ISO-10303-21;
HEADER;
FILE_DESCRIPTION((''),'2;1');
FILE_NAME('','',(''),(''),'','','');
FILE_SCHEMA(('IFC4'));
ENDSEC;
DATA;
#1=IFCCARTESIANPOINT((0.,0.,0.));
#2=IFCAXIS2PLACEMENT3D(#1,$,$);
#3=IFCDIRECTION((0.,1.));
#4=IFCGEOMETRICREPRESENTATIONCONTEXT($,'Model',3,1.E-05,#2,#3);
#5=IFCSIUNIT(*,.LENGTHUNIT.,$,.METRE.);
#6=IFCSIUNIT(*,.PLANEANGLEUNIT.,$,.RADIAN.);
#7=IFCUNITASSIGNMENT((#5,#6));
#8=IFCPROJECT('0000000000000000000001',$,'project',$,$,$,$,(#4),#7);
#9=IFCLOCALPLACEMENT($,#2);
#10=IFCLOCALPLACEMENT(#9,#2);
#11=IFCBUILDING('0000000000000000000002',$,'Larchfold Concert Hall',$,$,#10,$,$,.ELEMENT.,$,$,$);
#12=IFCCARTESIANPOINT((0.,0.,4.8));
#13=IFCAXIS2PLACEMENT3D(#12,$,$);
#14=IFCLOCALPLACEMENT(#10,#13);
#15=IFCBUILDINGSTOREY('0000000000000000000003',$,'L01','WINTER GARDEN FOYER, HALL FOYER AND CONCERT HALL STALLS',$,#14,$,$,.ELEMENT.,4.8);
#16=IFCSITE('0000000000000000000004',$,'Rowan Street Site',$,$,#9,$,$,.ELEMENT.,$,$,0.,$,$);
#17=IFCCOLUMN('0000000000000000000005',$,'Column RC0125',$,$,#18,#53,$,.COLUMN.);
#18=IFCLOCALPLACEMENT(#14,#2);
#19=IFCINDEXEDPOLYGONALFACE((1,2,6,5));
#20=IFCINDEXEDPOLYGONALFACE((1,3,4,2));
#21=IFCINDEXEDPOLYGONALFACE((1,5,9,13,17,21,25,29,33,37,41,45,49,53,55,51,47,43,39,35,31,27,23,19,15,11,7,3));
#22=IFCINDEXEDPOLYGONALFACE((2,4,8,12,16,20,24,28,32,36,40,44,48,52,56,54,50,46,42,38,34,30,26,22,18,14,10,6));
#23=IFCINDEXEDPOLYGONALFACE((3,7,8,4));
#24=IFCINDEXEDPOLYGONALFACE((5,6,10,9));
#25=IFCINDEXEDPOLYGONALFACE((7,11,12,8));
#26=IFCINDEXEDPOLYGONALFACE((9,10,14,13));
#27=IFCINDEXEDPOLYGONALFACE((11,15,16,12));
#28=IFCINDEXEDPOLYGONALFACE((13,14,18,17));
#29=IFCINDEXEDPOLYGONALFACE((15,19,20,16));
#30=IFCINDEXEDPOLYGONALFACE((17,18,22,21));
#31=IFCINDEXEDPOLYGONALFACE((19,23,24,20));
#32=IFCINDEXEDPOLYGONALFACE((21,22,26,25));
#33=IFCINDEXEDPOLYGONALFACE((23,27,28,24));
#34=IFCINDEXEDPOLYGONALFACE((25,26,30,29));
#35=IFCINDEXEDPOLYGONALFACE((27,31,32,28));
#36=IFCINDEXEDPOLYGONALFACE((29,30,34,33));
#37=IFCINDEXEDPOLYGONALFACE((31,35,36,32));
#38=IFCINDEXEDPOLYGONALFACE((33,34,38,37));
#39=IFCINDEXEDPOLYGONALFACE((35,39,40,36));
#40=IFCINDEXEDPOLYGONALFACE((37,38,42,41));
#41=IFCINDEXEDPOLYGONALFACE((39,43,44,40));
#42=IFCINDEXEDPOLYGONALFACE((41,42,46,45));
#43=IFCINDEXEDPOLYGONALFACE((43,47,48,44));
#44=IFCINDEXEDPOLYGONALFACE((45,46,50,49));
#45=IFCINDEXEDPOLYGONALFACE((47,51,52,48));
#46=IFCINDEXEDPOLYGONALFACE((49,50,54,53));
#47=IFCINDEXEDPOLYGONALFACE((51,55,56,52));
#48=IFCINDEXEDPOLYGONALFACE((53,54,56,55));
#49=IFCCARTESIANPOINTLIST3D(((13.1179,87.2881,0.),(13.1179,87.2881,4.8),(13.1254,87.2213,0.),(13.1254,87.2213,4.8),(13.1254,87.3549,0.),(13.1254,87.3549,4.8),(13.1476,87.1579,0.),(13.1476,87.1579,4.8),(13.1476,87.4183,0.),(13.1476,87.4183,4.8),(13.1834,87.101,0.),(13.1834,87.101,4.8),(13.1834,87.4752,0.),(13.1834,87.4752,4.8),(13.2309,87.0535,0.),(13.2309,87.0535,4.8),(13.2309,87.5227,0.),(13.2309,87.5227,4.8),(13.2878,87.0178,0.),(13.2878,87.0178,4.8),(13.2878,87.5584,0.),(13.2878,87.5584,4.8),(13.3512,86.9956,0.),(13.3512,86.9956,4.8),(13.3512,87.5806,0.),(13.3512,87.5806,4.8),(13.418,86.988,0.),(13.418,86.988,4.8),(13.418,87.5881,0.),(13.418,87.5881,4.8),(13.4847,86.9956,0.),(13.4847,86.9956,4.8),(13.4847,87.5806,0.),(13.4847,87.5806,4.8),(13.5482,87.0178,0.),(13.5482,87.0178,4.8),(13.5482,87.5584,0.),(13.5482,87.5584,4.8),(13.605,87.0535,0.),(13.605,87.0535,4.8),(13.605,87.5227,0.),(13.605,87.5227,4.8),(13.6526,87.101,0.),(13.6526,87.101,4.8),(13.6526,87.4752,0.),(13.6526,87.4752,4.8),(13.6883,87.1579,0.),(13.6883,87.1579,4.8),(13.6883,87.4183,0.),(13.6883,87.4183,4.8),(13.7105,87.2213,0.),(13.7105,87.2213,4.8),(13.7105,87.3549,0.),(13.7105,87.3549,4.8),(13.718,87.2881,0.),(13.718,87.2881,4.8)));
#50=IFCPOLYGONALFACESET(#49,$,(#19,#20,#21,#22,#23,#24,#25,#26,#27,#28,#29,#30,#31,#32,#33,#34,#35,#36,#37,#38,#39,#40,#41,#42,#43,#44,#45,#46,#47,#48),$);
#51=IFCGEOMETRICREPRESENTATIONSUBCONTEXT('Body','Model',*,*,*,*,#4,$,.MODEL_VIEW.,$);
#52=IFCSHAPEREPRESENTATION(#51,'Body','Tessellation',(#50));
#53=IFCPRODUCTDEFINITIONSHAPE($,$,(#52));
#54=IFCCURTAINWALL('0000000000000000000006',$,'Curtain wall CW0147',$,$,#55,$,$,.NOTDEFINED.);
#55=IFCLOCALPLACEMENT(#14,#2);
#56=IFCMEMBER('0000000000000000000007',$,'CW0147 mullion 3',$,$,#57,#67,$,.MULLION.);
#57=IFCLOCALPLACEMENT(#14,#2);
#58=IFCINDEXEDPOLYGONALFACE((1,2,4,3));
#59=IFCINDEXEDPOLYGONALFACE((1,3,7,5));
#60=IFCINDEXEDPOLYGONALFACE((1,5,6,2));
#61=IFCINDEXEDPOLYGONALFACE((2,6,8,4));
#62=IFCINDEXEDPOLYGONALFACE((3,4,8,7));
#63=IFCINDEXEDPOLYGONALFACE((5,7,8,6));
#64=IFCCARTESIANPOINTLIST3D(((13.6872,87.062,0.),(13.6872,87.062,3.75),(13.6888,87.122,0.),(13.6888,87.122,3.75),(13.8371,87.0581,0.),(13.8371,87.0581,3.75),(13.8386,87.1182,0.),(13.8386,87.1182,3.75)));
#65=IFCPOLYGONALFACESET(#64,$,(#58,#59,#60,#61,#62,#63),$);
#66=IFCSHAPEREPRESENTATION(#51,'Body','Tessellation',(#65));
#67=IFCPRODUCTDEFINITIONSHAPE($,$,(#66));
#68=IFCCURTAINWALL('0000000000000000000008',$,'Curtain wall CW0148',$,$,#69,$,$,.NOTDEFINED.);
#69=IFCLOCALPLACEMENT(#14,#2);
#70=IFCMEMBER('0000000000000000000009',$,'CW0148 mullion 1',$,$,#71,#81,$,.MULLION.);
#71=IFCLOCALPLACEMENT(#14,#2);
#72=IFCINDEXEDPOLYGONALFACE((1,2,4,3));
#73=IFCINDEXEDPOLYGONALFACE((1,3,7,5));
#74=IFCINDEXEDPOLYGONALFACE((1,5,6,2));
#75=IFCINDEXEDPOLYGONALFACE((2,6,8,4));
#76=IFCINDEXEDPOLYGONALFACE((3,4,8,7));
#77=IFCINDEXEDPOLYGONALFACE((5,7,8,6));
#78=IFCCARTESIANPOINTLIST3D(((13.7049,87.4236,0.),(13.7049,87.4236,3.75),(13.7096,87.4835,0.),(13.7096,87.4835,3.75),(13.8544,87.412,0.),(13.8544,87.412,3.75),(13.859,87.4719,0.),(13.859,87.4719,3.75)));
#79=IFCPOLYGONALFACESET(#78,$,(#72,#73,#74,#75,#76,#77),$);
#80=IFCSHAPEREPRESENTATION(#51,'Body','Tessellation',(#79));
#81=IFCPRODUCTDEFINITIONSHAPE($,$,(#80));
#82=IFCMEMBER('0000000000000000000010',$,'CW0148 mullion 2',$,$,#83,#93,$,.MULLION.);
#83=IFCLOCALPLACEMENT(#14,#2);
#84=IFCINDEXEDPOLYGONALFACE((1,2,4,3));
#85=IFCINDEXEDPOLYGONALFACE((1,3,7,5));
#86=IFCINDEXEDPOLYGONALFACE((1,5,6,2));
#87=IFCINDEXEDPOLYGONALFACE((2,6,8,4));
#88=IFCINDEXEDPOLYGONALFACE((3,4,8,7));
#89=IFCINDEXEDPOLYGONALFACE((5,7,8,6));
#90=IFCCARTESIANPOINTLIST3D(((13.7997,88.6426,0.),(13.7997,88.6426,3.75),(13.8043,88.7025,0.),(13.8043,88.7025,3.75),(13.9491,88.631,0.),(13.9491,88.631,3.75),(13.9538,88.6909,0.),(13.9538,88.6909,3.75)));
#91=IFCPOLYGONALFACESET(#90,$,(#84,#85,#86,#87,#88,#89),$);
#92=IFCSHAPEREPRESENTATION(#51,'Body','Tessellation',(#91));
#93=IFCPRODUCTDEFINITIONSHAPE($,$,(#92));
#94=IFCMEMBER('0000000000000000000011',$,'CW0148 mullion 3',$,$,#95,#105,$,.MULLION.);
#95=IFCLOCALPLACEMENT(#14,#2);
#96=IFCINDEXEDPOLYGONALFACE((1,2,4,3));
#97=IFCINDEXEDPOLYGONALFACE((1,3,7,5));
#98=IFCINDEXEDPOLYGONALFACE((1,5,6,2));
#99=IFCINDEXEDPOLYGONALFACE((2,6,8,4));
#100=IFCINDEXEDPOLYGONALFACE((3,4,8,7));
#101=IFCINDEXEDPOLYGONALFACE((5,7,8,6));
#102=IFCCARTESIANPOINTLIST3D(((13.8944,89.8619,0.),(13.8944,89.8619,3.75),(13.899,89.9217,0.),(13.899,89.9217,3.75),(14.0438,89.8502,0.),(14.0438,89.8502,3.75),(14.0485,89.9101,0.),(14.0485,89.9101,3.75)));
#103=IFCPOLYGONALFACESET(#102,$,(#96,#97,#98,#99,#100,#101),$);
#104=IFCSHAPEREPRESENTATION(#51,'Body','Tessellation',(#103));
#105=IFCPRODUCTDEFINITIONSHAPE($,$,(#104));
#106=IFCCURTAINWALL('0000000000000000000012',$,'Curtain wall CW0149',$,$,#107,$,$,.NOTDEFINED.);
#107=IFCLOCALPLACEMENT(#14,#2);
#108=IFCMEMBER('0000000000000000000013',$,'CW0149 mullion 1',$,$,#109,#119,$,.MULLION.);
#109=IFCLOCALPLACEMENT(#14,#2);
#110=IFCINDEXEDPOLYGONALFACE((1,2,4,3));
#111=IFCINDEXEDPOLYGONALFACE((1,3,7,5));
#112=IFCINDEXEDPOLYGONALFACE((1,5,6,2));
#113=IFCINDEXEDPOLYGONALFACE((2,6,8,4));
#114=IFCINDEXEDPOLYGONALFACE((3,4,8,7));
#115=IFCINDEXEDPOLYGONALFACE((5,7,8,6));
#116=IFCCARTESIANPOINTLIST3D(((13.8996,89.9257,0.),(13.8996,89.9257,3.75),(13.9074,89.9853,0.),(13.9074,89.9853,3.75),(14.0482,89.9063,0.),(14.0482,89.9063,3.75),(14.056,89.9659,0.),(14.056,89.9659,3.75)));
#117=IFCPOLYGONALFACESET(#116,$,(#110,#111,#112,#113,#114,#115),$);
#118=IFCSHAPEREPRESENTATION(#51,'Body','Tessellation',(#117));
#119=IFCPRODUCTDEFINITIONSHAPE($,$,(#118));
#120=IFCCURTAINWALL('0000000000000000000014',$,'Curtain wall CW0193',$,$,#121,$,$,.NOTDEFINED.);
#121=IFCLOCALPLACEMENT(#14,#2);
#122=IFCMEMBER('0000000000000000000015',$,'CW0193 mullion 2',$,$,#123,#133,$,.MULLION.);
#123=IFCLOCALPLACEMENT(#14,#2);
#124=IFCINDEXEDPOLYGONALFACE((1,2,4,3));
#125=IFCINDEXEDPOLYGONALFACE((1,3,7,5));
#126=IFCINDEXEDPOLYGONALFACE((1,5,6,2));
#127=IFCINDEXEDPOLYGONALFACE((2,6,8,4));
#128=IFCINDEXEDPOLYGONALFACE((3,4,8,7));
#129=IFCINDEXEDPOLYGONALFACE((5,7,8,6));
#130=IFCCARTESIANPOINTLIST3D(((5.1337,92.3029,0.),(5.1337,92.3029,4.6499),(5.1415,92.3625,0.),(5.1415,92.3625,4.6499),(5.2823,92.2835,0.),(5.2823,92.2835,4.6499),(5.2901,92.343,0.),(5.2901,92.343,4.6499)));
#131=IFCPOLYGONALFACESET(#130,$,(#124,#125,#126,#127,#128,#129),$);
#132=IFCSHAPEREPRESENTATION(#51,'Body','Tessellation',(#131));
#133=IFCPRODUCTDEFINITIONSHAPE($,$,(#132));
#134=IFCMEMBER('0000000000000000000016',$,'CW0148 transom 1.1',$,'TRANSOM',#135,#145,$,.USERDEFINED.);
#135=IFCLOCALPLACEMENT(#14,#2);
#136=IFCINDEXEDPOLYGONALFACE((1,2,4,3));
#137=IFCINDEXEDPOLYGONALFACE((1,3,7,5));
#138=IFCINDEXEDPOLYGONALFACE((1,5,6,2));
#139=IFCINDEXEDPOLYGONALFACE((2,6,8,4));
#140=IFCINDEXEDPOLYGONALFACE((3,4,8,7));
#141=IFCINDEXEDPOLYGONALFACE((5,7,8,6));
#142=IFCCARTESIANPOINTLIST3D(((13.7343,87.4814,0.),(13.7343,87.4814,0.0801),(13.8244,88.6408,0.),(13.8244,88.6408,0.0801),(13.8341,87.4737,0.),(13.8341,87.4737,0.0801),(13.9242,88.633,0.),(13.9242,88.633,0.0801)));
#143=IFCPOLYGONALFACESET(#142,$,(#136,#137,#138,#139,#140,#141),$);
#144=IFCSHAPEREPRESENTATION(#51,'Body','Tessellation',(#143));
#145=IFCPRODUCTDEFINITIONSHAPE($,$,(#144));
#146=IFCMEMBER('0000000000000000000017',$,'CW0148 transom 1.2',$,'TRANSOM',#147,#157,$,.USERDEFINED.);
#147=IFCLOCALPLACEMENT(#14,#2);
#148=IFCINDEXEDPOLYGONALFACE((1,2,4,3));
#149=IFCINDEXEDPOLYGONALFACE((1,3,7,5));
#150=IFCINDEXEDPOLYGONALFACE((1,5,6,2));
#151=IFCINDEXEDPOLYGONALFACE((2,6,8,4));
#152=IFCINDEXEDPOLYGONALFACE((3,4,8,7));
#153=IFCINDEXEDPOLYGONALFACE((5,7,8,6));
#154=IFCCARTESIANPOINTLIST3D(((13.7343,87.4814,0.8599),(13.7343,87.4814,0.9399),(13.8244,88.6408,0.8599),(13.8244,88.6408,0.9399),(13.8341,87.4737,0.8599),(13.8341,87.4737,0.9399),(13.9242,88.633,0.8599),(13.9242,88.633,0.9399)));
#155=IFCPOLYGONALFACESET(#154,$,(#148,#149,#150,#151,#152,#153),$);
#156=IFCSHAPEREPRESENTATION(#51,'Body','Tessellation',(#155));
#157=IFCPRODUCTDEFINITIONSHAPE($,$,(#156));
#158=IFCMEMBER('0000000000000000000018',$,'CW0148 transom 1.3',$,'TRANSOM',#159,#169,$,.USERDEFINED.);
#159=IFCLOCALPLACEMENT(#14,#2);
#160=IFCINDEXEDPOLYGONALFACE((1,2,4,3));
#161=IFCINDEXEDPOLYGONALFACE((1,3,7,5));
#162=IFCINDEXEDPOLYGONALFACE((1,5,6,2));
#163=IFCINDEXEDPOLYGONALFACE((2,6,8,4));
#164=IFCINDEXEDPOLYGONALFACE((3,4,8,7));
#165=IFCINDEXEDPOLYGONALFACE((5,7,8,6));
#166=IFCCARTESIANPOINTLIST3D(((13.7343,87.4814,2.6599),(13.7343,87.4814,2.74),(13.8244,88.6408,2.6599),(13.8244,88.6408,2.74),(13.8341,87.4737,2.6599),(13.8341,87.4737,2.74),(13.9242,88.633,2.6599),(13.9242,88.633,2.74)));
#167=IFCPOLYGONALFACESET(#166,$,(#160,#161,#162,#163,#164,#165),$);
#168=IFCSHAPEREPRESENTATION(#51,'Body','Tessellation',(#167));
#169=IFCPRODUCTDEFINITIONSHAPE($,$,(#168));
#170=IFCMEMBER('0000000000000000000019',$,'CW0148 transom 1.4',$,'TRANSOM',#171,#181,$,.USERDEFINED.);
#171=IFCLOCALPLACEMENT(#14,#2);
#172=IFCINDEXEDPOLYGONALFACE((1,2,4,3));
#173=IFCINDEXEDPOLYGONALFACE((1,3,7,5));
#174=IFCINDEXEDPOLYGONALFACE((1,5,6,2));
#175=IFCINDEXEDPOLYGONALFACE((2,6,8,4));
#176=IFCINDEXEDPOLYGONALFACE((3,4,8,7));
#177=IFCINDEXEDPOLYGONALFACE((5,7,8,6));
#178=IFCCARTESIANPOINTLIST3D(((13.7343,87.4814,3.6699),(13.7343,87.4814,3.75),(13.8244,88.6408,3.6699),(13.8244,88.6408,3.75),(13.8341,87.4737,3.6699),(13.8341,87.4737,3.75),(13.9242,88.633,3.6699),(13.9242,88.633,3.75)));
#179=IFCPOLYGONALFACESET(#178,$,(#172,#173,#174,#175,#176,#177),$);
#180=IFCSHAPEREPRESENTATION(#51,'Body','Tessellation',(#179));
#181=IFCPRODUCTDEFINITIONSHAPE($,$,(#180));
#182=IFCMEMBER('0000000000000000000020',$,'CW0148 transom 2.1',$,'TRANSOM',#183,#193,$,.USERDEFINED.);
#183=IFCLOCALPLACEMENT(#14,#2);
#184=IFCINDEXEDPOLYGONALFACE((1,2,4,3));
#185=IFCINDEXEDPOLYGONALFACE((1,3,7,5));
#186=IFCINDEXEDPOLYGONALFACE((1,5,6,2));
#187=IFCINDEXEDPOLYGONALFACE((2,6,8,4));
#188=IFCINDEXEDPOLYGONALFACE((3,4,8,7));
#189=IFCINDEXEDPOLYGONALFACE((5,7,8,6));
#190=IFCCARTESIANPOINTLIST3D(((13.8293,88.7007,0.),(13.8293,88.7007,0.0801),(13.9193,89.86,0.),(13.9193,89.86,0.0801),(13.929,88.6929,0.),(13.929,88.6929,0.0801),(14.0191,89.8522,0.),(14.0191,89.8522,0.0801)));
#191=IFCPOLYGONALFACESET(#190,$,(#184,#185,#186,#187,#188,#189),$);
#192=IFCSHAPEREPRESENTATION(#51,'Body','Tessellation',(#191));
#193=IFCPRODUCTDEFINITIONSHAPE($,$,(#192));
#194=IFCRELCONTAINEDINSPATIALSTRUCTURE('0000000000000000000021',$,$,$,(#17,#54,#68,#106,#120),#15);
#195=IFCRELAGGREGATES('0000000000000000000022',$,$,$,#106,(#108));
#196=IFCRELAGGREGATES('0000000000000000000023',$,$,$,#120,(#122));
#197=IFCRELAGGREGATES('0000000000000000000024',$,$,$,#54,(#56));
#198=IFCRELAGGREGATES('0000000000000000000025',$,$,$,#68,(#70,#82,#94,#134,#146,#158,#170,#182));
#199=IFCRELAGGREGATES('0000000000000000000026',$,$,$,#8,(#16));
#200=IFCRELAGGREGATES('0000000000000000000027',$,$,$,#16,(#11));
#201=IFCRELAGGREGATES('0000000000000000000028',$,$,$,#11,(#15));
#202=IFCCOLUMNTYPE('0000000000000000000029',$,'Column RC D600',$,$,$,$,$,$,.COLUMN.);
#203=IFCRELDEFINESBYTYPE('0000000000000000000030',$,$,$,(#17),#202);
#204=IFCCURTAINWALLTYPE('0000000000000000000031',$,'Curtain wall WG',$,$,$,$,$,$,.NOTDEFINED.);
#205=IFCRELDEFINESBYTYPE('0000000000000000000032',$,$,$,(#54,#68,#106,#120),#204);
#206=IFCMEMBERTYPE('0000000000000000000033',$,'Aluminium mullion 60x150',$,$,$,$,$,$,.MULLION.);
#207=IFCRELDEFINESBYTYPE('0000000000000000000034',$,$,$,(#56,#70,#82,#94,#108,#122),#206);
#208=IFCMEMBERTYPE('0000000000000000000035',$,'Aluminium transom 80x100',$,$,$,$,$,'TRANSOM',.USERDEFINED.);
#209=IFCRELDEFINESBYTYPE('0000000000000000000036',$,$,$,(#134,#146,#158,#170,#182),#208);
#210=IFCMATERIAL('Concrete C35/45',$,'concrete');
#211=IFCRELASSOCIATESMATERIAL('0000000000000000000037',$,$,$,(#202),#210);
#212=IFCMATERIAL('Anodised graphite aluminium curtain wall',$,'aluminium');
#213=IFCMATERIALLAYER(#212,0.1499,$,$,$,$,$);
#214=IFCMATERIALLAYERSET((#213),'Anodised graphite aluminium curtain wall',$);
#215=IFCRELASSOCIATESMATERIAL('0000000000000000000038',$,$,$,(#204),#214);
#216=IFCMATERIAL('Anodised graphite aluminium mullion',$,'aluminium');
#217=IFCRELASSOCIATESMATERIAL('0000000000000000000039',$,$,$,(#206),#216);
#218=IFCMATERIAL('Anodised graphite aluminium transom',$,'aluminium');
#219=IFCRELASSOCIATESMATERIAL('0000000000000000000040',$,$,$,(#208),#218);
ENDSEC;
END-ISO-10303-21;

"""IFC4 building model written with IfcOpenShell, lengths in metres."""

from ifc_helpers import new_model, si_unit, direction, frame, origin, origin_2d, place, context, subcontext, project, spatial, rectangle, circle, extrude, material, layer, layer_set, material_profile, profile_set, type_object, element, aggregate, save


model = new_model("IFC4")

# Units and contexts
model_context = context("Model", 3, precision=1e-05, world=origin(), true_north=direction((0.0, 1.0)))
body_context = subcontext(model_context, "Body", "Model", "MODEL_VIEW")
ifc_project = project(units=[si_unit("LENGTHUNIT", "METRE"), si_unit("PLANEANGLEUNIT", "RADIAN")], contexts=[model_context])

# Site, building, storey
site_placement = place(None, origin())
site = spatial("IfcSite", under=ifc_project, at=site_placement, Name="Rowan Street Site", CompositionType="ELEMENT", RefElevation=0.0)
building_placement = place(site_placement, origin())
building = spatial("IfcBuilding", under=site, at=building_placement, Name="Larchfold Concert Hall", CompositionType="ELEMENT")
storey_placement = place(building_placement, frame((0.0, 0.0, 4.8)))
storey = spatial("IfcBuildingStorey", under=building, at=storey_placement, Name="L01", Description="WINTER GARDEN FOYER, HALL FOYER AND CONCERT HALL STALLS", CompositionType="ELEMENT", Elevation=4.8)

# Column
ifc_material_1 = material(Name="Concrete C35/45", Category="concrete")
ifc_material_profile_1 = material_profile(ifc_material_1, circle(Radius=0.3, at=origin_2d()))
ifc_profile_set_1 = profile_set([ifc_material_profile_1], Name="Concrete C35/45")
column_type = type_object("IfcColumnType", Name="Column RC D600", PredefinedType="COLUMN", material=ifc_profile_set_1)
column_placement = place(storey_placement, frame((13.418, 87.2881, 0.0), z_axis=(0.0, 0.0, 1.0), x_axis=(1.0, 0.0, 0.0)))
element("IfcColumn", 1, at=column_placement, inside=storey, type_object=column_type, Name="Column RC0125", PredefinedType="COLUMN", context=body_context, shape_type="SweptSolid", body=[
    extrude(circle(Radius=0.3, at=origin_2d()), origin(), (0.0, 0.0, 1.0), 4.8),
])

# Curtain wall, member
ifc_material_2 = material(Name="Anodised graphite aluminium curtain wall", Category="aluminium")
ifc_layer_1 = layer(ifc_material_2, 0.1499)
ifc_layer_set_1 = layer_set([ifc_layer_1], Name="Anodised graphite aluminium curtain wall")
curtain_wall_type = type_object("IfcCurtainWallType", Name="Curtain wall WG", PredefinedType="NOTDEFINED", material=ifc_layer_set_1)
curtain_wall_1_placement = place(storey_placement, origin())
curtain_wall_1 = element("IfcCurtainWall", 2, at=curtain_wall_1_placement, inside=storey, type_object=curtain_wall_type, Name="Curtain wall CW0147", PredefinedType="NOTDEFINED")
ifc_material_3 = material(Name="Anodised graphite aluminium mullion", Category="aluminium")
ifc_material_profile_2 = material_profile(ifc_material_3, rectangle(XDim=0.1499, YDim=0.0601, at=origin_2d()))
ifc_profile_set_2 = profile_set([ifc_material_profile_2], Name="Anodised graphite aluminium mullion")
member_type_1 = type_object("IfcMemberType", Name="Aluminium mullion 60x150", PredefinedType="MULLION", material=ifc_profile_set_2)
member_1_placement = place(storey_placement, frame((13.7629, 87.0901, 0.0), z_axis=(0.0, 0.0, 1.0), x_axis=(-0.999668, 0.025762, 0.0)))
member_1 = element("IfcMember", 3, at=member_1_placement, type_object=member_type_1, Name="CW0147 mullion 3", PredefinedType="MULLION", context=body_context, shape_type="SweptSolid", body=[
    extrude(rectangle(XDim=0.1499, YDim=0.0601, at=origin_2d()), origin(), (0.0, 0.0, 1.0), 3.75),
])

# Curtain wall, members
curtain_wall_2_placement = place(storey_placement, origin())
curtain_wall_2 = element("IfcCurtainWall", 4, at=curtain_wall_2_placement, inside=storey, type_object=curtain_wall_type, Name="Curtain wall CW0148", PredefinedType="NOTDEFINED")
member_2_placement = place(storey_placement, frame((13.782, 87.4478, 0.0), z_axis=(0.0, 0.0, 1.0), x_axis=(-0.996988, 0.077553, 0.0)))
member_2 = element("IfcMember", 5, at=member_2_placement, type_object=member_type_1, Name="CW0148 mullion 1", PredefinedType="MULLION", context=body_context, shape_type="SweptSolid", body=[
    extrude(rectangle(XDim=0.1499, YDim=0.0601, at=origin_2d()), origin(), (0.0, 0.0, 1.0), 3.75),
])
member_3_placement = place(storey_placement, frame((13.8767, 88.6667, 0.0), z_axis=(0.0, 0.0, 1.0), x_axis=(-0.996988, 0.077553, 0.0)))
member_3 = element("IfcMember", 6, at=member_3_placement, type_object=member_type_1, Name="CW0148 mullion 2", PredefinedType="MULLION", context=body_context, shape_type="SweptSolid", body=[
    extrude(rectangle(XDim=0.1499, YDim=0.0601, at=origin_2d()), origin(), (0.0, 0.0, 1.0), 3.75),
])
member_4_placement = place(storey_placement, frame((13.9714, 89.886, 0.0), z_axis=(0.0, 0.0, 1.0), x_axis=(-0.996988, 0.077553, 0.0)))
member_4 = element("IfcMember", 7, at=member_4_placement, type_object=member_type_1, Name="CW0148 mullion 3", PredefinedType="MULLION", context=body_context, shape_type="SweptSolid", body=[
    extrude(rectangle(XDim=0.1499, YDim=0.0601, at=origin_2d()), origin(), (0.0, 0.0, 1.0), 3.75),
])

# Curtain walls, members
curtain_wall_3_placement = place(storey_placement, origin())
curtain_wall_3 = element("IfcCurtainWall", 8, at=curtain_wall_3_placement, inside=storey, type_object=curtain_wall_type, Name="Curtain wall CW0149", PredefinedType="NOTDEFINED")
member_5_placement = place(storey_placement, frame((13.9778, 89.9458, 0.0), z_axis=(0.0, 0.0, 1.0), x_axis=(-0.991561, 0.129644, 0.0)))
member_5 = element("IfcMember", 9, at=member_5_placement, type_object=member_type_1, Name="CW0149 mullion 1", PredefinedType="MULLION", context=body_context, shape_type="SweptSolid", body=[
    extrude(rectangle(XDim=0.1499, YDim=0.0601, at=origin_2d()), origin(), (0.0, 0.0, 1.0), 3.75),
])
aggregate(curtain_wall_3, [member_5])
curtain_wall_4_placement = place(storey_placement, origin())
curtain_wall_4 = element("IfcCurtainWall", 10, at=curtain_wall_4_placement, inside=storey, type_object=curtain_wall_type, Name="Curtain wall CW0193", PredefinedType="NOTDEFINED")
member_6_placement = place(storey_placement, frame((5.2119, 92.323, 0.0), z_axis=(0.0, 0.0, 1.0), x_axis=(0.991548, -0.129743, 0.0)))
member_6 = element("IfcMember", 11, at=member_6_placement, type_object=member_type_1, Name="CW0193 mullion 2", PredefinedType="MULLION", context=body_context, shape_type="SweptSolid", body=[
    extrude(rectangle(XDim=0.1499, YDim=0.0601, at=origin_2d()), origin(), (0.0, 0.0, 1.0), 4.6499),
])

# Members
ifc_material_4 = material(Name="Anodised graphite aluminium transom", Category="aluminium")
ifc_material_profile_3 = material_profile(ifc_material_4, rectangle(XDim=0.1001, YDim=0.0801, at=origin_2d()))
ifc_profile_set_3 = profile_set([ifc_material_profile_3], Name="Anodised graphite aluminium transom")
member_type_2 = type_object("IfcMemberType", Name="Aluminium transom 80x100", ElementType="TRANSOM", PredefinedType="USERDEFINED", material=ifc_profile_set_3)
member_7_placement = place(storey_placement, frame((13.7842, 87.4775, 0.04), z_axis=(0.077467, 0.996995, 0.0), x_axis=(-0.996995, 0.077467, 0.0)))
member_7 = element("IfcMember", 12, at=member_7_placement, type_object=member_type_2, Name="CW0148 transom 1.1", ObjectType="TRANSOM", PredefinedType="USERDEFINED", context=body_context, shape_type="SweptSolid", body=[
    extrude(rectangle(XDim=0.1001, YDim=0.0801, at=origin_2d()), origin(), (0.0, 0.0, 1.0), 1.1628),
])
member_8_placement = place(storey_placement, frame((13.7842, 87.4775, 0.8999), z_axis=(0.077467, 0.996995, 0.0), x_axis=(-0.996995, 0.077467, 0.0)))
member_8 = element("IfcMember", 13, at=member_8_placement, type_object=member_type_2, Name="CW0148 transom 1.2", ObjectType="TRANSOM", PredefinedType="USERDEFINED", context=body_context, shape_type="SweptSolid", body=[
    extrude(rectangle(XDim=0.1001, YDim=0.0801, at=origin_2d()), origin(), (0.0, 0.0, 1.0), 1.1628),
])
member_9_placement = place(storey_placement, frame((13.7842, 87.4775, 2.7), z_axis=(0.077467, 0.996995, 0.0), x_axis=(-0.996995, 0.077467, 0.0)))
member_9 = element("IfcMember", 14, at=member_9_placement, type_object=member_type_2, Name="CW0148 transom 1.3", ObjectType="TRANSOM", PredefinedType="USERDEFINED", context=body_context, shape_type="SweptSolid", body=[
    extrude(rectangle(XDim=0.1001, YDim=0.0801, at=origin_2d()), origin(), (0.0, 0.0, 1.0), 1.1628),
])
member_10_placement = place(storey_placement, frame((13.7842, 87.4775, 3.71), z_axis=(0.077467, 0.996995, 0.0), x_axis=(-0.996995, 0.077467, 0.0)))
member_10 = element("IfcMember", 15, at=member_10_placement, type_object=member_type_2, Name="CW0148 transom 1.4", ObjectType="TRANSOM", PredefinedType="USERDEFINED", context=body_context, shape_type="SweptSolid", body=[
    extrude(rectangle(XDim=0.1001, YDim=0.0801, at=origin_2d()), origin(), (0.0, 0.0, 1.0), 1.1628),
])
member_11_placement = place(storey_placement, frame((13.8792, 88.6968, 0.04), z_axis=(0.077467, 0.996995, 0.0), x_axis=(-0.996995, 0.077467, 0.0)))
member_11 = element("IfcMember", 16, at=member_11_placement, type_object=member_type_2, Name="CW0148 transom 2.1", ObjectType="TRANSOM", PredefinedType="USERDEFINED", context=body_context, shape_type="SweptSolid", body=[
    extrude(rectangle(XDim=0.1001, YDim=0.0801, at=origin_2d()), origin(), (0.0, 0.0, 1.0), 1.1628),
])
aggregate(curtain_wall_4, [member_6])

aggregate(curtain_wall_1, [member_1])
aggregate(curtain_wall_2, [member_2, member_3, member_4, member_7, member_8, member_9, member_10, member_11])

save(model, "model.ifc")
